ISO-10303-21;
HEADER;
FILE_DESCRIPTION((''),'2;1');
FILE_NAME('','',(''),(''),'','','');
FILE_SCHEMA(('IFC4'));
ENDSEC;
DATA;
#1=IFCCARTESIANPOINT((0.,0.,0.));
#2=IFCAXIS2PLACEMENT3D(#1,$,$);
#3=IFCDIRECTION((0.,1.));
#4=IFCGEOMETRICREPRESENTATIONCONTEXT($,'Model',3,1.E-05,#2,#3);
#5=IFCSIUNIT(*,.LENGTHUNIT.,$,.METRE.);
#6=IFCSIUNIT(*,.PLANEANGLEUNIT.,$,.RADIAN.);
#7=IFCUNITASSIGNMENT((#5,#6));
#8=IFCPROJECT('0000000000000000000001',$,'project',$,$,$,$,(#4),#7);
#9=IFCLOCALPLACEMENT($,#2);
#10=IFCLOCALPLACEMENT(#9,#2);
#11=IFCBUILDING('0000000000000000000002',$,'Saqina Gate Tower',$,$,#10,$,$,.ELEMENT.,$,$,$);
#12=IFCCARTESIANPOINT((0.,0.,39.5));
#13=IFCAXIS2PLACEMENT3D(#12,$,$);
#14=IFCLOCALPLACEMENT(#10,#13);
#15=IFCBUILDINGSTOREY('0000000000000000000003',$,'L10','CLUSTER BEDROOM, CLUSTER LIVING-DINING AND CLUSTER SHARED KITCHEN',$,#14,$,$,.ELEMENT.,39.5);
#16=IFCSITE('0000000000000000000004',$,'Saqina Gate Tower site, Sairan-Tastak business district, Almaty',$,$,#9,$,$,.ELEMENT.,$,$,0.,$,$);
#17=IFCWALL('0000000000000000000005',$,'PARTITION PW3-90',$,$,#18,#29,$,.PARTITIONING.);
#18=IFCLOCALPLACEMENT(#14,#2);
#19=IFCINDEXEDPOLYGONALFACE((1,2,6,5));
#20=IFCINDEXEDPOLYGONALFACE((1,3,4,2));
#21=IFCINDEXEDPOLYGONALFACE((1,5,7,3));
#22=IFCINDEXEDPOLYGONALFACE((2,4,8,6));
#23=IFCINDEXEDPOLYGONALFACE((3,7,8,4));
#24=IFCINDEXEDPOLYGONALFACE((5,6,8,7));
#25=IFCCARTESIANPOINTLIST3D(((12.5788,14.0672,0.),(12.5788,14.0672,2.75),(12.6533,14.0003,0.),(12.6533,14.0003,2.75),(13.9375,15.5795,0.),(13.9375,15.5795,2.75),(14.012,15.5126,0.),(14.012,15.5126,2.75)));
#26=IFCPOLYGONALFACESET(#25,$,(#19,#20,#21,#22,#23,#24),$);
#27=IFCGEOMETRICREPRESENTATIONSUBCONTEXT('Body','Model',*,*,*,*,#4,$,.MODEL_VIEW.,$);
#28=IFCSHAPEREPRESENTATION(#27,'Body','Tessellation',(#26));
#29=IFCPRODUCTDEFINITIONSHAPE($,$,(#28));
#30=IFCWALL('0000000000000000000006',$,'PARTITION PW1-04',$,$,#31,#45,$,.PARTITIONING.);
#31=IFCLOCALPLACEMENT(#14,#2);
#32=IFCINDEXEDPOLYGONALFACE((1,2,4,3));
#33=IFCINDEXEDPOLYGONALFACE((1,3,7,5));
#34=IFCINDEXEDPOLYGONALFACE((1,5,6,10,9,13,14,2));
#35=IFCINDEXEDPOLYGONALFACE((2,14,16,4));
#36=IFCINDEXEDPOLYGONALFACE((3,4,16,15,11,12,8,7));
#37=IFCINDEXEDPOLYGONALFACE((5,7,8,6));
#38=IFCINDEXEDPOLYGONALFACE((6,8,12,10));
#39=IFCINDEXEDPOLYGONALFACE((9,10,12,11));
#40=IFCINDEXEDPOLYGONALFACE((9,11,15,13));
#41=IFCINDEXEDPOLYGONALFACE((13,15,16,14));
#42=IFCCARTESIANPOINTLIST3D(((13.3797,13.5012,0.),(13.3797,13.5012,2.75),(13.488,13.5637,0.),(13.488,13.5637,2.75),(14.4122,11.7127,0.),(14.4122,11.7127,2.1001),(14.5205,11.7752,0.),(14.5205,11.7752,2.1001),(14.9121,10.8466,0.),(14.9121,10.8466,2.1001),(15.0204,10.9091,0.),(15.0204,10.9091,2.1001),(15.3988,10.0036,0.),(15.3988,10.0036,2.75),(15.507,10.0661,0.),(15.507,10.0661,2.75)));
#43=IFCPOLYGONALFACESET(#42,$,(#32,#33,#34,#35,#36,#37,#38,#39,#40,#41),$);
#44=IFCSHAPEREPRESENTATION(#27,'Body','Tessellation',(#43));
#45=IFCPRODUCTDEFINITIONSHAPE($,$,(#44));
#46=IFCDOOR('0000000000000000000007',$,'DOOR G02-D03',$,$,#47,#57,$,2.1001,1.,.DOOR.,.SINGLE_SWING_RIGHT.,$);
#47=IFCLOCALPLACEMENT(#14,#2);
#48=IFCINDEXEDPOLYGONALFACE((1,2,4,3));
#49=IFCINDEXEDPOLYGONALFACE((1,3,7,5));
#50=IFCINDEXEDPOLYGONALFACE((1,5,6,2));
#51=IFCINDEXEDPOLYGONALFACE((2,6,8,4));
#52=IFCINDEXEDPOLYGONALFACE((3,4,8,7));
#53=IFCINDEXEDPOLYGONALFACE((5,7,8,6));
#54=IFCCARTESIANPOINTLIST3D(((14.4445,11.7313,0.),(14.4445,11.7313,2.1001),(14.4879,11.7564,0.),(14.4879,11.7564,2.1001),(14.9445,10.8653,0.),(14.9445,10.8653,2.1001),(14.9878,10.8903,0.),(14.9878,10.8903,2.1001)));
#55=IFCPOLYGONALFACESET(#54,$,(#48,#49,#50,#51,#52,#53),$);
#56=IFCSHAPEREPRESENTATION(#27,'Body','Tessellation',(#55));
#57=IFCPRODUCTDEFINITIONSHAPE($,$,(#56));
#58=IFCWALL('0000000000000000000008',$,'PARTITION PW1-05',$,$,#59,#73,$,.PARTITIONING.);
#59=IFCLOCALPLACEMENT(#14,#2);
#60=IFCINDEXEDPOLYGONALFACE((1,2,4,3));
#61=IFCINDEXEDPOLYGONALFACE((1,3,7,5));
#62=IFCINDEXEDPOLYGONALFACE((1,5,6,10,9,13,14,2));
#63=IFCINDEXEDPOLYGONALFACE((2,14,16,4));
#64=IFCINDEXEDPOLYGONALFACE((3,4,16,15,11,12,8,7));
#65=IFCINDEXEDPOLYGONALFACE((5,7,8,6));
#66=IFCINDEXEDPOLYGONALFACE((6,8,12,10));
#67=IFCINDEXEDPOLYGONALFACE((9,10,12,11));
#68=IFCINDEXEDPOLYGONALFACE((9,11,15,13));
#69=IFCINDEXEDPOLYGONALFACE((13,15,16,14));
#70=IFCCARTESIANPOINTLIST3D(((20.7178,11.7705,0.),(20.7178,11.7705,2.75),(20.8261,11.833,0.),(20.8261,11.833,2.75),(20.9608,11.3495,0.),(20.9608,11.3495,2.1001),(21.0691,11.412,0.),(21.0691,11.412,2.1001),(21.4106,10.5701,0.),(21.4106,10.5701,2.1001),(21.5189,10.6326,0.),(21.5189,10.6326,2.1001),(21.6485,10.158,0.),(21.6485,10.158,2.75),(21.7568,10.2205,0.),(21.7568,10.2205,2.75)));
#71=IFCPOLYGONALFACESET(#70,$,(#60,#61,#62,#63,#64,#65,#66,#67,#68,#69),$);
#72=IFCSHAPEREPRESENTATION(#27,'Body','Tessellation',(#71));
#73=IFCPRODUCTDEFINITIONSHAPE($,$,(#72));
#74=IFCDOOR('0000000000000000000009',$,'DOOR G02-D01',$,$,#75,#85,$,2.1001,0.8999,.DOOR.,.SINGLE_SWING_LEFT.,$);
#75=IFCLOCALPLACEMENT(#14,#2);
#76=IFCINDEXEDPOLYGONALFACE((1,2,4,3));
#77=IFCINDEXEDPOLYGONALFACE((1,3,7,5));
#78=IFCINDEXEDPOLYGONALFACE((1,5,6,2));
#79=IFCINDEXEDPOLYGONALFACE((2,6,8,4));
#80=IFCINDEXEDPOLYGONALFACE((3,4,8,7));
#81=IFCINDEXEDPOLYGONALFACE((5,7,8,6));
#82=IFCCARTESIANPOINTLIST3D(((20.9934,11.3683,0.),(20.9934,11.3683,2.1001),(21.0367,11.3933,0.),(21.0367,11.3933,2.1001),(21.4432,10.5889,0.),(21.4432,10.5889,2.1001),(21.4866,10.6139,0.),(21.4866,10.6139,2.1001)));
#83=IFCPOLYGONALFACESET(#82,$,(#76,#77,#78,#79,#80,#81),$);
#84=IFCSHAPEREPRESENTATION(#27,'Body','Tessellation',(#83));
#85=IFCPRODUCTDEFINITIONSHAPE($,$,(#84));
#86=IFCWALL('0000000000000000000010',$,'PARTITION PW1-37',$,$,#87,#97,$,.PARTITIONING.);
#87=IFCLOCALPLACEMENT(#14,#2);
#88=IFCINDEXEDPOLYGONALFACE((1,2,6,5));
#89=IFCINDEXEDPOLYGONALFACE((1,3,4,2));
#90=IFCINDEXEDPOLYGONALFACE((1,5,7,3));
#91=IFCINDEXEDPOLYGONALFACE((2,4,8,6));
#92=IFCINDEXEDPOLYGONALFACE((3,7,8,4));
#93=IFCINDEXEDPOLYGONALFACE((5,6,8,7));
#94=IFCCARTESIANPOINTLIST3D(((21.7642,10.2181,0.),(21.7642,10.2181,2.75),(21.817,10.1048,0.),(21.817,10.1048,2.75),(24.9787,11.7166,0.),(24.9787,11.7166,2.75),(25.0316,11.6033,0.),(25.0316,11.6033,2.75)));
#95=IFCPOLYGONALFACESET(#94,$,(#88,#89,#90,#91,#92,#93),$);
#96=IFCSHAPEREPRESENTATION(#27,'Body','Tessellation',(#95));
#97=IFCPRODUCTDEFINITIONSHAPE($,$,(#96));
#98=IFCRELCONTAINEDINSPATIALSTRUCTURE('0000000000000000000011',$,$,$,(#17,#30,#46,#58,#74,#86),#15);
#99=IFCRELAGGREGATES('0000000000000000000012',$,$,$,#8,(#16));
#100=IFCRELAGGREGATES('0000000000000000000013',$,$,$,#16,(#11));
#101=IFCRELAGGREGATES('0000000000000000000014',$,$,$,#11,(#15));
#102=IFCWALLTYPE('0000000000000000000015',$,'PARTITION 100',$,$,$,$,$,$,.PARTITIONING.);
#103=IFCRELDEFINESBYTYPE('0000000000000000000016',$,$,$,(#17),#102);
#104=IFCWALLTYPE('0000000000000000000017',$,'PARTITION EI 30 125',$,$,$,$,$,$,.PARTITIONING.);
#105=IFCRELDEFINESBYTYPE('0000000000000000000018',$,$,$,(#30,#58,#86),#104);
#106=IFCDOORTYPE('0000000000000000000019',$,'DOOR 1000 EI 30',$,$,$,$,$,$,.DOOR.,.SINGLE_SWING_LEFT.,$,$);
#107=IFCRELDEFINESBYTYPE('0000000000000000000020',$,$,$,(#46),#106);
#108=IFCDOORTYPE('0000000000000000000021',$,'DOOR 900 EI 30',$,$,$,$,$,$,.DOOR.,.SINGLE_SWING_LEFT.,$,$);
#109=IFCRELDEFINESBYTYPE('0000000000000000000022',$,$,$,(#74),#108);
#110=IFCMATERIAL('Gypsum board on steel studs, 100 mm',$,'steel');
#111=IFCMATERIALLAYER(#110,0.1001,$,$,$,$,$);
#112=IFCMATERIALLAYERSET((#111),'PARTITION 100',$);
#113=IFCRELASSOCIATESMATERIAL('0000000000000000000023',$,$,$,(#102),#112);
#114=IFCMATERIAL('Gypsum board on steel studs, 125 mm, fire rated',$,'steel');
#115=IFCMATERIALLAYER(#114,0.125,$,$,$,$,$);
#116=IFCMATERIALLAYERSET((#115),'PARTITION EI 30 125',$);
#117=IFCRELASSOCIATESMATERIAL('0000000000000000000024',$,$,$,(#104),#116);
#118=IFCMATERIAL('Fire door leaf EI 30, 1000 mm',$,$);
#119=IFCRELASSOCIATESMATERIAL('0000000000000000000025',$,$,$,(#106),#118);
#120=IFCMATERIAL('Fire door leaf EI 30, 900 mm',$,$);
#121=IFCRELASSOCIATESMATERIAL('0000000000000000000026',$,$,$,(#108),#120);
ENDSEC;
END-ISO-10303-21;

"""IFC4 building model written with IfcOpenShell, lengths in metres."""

from ifc_helpers import new_model, si_unit, direction, frame, frame_2d, origin, place, context, subcontext, project, spatial, rectangle, extrude, material, layer, layer_set, type_object, element, fill, save


model = new_model("IFC4")

# Units and contexts
model_context = context("Model", 3, precision=1e-05, world=origin(), true_north=direction((0.0, 1.0)))
body_context = subcontext(model_context, "Body", "Model", "MODEL_VIEW")
ifc_project = project(units=[si_unit("LENGTHUNIT", "METRE"), si_unit("PLANEANGLEUNIT", "RADIAN")], contexts=[model_context])

# Site, building, storey
site_placement = place(None, origin())
site = spatial("IfcSite", under=ifc_project, at=site_placement, Name="Saqina Gate Tower site, Sairan-Tastak business district, Almaty", CompositionType="ELEMENT", RefElevation=0.0)
building_placement = place(site_placement, origin())
building = spatial("IfcBuilding", under=site, at=building_placement, Name="Saqina Gate Tower", CompositionType="ELEMENT")
storey_placement = place(building_placement, frame((0.0, 0.0, 39.5)))
storey = spatial("IfcBuildingStorey", under=building, at=storey_placement, Name="L10", Description="CLUSTER BEDROOM, CLUSTER LIVING-DINING AND CLUSTER SHARED KITCHEN", CompositionType="ELEMENT", Elevation=39.5)

# Shared definitions
ifc_material_1 = material(Name="Gypsum board on steel studs, 100 mm", Category="steel")
ifc_layer_1 = layer(ifc_material_1, 0.1001)
ifc_layer_set_1 = layer_set([ifc_layer_1], Name="PARTITION 100")
wall_type_1 = type_object("IfcWallType", Name="PARTITION 100", PredefinedType="PARTITIONING", material=ifc_layer_set_1)

# Wall
wall_1_placement = place(storey_placement, frame((12.616, 14.0337, 0.0), z_axis=(0.0, 0.0, 1.0), x_axis=(0.668328, 0.743867, 0.0)))
element("IfcWall", 1, at=wall_1_placement, inside=storey, type_object=wall_type_1, Name="PARTITION PW3-90", PredefinedType="PARTITIONING", context=body_context, shape_type="SweptSolid", body=[
    extrude(rectangle(XDim=2.033, YDim=0.1001, at=frame_2d((1.0166, 0.0))), origin(), (0.0, 0.0, 1.0), 2.75),
])

# Walls, openings, doors
ifc_material_2 = material(Name="Gypsum board on steel studs, 125 mm, fire rated", Category="steel")
ifc_layer_2 = layer(ifc_material_2, 0.125)
ifc_layer_set_2 = layer_set([ifc_layer_2], Name="PARTITION EI 30 125")
wall_type_2 = type_object("IfcWallType", Name="PARTITION EI 30 125", PredefinedType="PARTITIONING", material=ifc_layer_set_2)
wall_2_placement = place(storey_placement, frame((13.4338, 13.5325, 0.0), z_axis=(0.0, 0.0, 1.0), x_axis=(0.499949, -0.866055, 0.0)))
wall_2 = element("IfcWall", 2, at=wall_2_placement, inside=storey, type_object=wall_type_2, Name="PARTITION PW1-04", PredefinedType="PARTITIONING", context=body_context, shape_type="SweptSolid", body=[
    extrude(rectangle(XDim=4.0386, YDim=0.125, at=frame_2d((2.0193, 0.0))), origin(), (0.0, 0.0, 1.0), 2.75),
])
opening_1_placement = place(wall_2_placement, frame((2.0652, 0.0, 0.0)))
opening_1 = element("IfcOpeningElement", 3, at=opening_1_placement, cuts=wall_2, PredefinedType="OPENING", context=body_context, shape_type="SweptSolid", body=[
    extrude(rectangle(XDim=1.0, YDim=2.1001, at=frame_2d((0.5, 1.05))), frame((0.0, 0.0745, 0.0), z_axis=(0.0, -1.0, 0.0), x_axis=(1.0, 0.0, 0.0)), (0.0, 0.0, 1.0), 0.1489),
])
ifc_material_3 = material(Name="Fire door leaf EI 30, 1000 mm")
door_type_1 = type_object("IfcDoorType", Name="DOOR 1000 EI 30", OperationType="SINGLE_SWING_LEFT", PredefinedType="DOOR", material=ifc_material_3)
door_1_placement = place(opening_1_placement, origin())
door_1 = element("IfcDoor", 4, at=door_1_placement, inside=storey, type_object=door_type_1, Name="DOOR G02-D03", OperationType="SINGLE_SWING_RIGHT", OverallHeight=2.1001, OverallWidth=1.0, PredefinedType="DOOR", context=body_context, shape_type="SweptSolid", body=[
    extrude(rectangle(XDim=1.0, YDim=2.1001, at=frame_2d((0.5, 1.05))), frame((0.0, 0.0249, 0.0), z_axis=(0.0, -1.0, 0.0), x_axis=(1.0, 0.0, 0.0)), (0.0, 0.0, 1.0), 0.05),
])
fill(opening_1, door_1)
wall_3_placement = place(storey_placement, frame((20.772, 11.8018, 0.0), z_axis=(0.0, 0.0, 1.0), x_axis=(0.499862, -0.866105, 0.0)))
wall_3 = element("IfcWall", 5, at=wall_3_placement, inside=storey, type_object=wall_type_2, Name="PARTITION PW1-05", PredefinedType="PARTITIONING", context=body_context, shape_type="SweptSolid", body=[
    extrude(rectangle(XDim=1.8618, YDim=0.125, at=frame_2d((0.9309, 0.0))), origin(), (0.0, 0.0, 1.0), 2.75),
])
opening_2_placement = place(wall_3_placement, frame((0.4861, 0.0, 0.0)))
opening_2 = element("IfcOpeningElement", 6, at=opening_2_placement, cuts=wall_3, PredefinedType="OPENING", context=body_context, shape_type="SweptSolid", body=[
    extrude(rectangle(XDim=0.8999, YDim=2.1001, at=frame_2d((0.45, 1.05))), frame((0.0, 0.0745, 0.0), z_axis=(0.0, -1.0, 0.0), x_axis=(1.0, 0.0, 0.0)), (0.0, 0.0, 1.0), 0.1489),
])
ifc_material_4 = material(Name="Fire door leaf EI 30, 900 mm")
door_type_2 = type_object("IfcDoorType", Name="DOOR 900 EI 30", OperationType="SINGLE_SWING_LEFT", PredefinedType="DOOR", material=ifc_material_4)
door_2_placement = place(opening_2_placement, frame((0.8999, 0.0, 0.0), z_axis=(0.0, 0.0, 1.0), x_axis=(-1.0, 0.0, 0.0)))
door_2 = element("IfcDoor", 7, at=door_2_placement, inside=storey, type_object=door_type_2, Name="DOOR G02-D01", OperationType="SINGLE_SWING_LEFT", OverallHeight=2.1001, OverallWidth=0.8999, PredefinedType="DOOR", context=body_context, shape_type="SweptSolid", body=[
    extrude(rectangle(XDim=0.8999, YDim=2.1001, at=frame_2d((0.45, 1.05))), frame((0.0, 0.0249, 0.0), z_axis=(0.0, -1.0, 0.0), x_axis=(1.0, 0.0, 0.0)), (0.0, 0.0, 1.0), 0.05),
])
fill(opening_2, door_2)

# Wall
wall_4_placement = place(storey_placement, frame((21.7905, 10.1614, 0.0), z_axis=(0.0, 0.0, 1.0), x_axis=(0.906357, 0.422512, 0.0)))
element("IfcWall", 8, at=wall_4_placement, inside=storey, type_object=wall_type_2, Name="PARTITION PW1-37", PredefinedType="PARTITIONING", context=body_context, shape_type="SweptSolid", body=[
    extrude(rectangle(XDim=3.5466, YDim=0.125, at=frame_2d((1.7734, 0.0))), origin(), (0.0, 0.0, 1.0), 2.75),
])

save(model, "model.ifc")
